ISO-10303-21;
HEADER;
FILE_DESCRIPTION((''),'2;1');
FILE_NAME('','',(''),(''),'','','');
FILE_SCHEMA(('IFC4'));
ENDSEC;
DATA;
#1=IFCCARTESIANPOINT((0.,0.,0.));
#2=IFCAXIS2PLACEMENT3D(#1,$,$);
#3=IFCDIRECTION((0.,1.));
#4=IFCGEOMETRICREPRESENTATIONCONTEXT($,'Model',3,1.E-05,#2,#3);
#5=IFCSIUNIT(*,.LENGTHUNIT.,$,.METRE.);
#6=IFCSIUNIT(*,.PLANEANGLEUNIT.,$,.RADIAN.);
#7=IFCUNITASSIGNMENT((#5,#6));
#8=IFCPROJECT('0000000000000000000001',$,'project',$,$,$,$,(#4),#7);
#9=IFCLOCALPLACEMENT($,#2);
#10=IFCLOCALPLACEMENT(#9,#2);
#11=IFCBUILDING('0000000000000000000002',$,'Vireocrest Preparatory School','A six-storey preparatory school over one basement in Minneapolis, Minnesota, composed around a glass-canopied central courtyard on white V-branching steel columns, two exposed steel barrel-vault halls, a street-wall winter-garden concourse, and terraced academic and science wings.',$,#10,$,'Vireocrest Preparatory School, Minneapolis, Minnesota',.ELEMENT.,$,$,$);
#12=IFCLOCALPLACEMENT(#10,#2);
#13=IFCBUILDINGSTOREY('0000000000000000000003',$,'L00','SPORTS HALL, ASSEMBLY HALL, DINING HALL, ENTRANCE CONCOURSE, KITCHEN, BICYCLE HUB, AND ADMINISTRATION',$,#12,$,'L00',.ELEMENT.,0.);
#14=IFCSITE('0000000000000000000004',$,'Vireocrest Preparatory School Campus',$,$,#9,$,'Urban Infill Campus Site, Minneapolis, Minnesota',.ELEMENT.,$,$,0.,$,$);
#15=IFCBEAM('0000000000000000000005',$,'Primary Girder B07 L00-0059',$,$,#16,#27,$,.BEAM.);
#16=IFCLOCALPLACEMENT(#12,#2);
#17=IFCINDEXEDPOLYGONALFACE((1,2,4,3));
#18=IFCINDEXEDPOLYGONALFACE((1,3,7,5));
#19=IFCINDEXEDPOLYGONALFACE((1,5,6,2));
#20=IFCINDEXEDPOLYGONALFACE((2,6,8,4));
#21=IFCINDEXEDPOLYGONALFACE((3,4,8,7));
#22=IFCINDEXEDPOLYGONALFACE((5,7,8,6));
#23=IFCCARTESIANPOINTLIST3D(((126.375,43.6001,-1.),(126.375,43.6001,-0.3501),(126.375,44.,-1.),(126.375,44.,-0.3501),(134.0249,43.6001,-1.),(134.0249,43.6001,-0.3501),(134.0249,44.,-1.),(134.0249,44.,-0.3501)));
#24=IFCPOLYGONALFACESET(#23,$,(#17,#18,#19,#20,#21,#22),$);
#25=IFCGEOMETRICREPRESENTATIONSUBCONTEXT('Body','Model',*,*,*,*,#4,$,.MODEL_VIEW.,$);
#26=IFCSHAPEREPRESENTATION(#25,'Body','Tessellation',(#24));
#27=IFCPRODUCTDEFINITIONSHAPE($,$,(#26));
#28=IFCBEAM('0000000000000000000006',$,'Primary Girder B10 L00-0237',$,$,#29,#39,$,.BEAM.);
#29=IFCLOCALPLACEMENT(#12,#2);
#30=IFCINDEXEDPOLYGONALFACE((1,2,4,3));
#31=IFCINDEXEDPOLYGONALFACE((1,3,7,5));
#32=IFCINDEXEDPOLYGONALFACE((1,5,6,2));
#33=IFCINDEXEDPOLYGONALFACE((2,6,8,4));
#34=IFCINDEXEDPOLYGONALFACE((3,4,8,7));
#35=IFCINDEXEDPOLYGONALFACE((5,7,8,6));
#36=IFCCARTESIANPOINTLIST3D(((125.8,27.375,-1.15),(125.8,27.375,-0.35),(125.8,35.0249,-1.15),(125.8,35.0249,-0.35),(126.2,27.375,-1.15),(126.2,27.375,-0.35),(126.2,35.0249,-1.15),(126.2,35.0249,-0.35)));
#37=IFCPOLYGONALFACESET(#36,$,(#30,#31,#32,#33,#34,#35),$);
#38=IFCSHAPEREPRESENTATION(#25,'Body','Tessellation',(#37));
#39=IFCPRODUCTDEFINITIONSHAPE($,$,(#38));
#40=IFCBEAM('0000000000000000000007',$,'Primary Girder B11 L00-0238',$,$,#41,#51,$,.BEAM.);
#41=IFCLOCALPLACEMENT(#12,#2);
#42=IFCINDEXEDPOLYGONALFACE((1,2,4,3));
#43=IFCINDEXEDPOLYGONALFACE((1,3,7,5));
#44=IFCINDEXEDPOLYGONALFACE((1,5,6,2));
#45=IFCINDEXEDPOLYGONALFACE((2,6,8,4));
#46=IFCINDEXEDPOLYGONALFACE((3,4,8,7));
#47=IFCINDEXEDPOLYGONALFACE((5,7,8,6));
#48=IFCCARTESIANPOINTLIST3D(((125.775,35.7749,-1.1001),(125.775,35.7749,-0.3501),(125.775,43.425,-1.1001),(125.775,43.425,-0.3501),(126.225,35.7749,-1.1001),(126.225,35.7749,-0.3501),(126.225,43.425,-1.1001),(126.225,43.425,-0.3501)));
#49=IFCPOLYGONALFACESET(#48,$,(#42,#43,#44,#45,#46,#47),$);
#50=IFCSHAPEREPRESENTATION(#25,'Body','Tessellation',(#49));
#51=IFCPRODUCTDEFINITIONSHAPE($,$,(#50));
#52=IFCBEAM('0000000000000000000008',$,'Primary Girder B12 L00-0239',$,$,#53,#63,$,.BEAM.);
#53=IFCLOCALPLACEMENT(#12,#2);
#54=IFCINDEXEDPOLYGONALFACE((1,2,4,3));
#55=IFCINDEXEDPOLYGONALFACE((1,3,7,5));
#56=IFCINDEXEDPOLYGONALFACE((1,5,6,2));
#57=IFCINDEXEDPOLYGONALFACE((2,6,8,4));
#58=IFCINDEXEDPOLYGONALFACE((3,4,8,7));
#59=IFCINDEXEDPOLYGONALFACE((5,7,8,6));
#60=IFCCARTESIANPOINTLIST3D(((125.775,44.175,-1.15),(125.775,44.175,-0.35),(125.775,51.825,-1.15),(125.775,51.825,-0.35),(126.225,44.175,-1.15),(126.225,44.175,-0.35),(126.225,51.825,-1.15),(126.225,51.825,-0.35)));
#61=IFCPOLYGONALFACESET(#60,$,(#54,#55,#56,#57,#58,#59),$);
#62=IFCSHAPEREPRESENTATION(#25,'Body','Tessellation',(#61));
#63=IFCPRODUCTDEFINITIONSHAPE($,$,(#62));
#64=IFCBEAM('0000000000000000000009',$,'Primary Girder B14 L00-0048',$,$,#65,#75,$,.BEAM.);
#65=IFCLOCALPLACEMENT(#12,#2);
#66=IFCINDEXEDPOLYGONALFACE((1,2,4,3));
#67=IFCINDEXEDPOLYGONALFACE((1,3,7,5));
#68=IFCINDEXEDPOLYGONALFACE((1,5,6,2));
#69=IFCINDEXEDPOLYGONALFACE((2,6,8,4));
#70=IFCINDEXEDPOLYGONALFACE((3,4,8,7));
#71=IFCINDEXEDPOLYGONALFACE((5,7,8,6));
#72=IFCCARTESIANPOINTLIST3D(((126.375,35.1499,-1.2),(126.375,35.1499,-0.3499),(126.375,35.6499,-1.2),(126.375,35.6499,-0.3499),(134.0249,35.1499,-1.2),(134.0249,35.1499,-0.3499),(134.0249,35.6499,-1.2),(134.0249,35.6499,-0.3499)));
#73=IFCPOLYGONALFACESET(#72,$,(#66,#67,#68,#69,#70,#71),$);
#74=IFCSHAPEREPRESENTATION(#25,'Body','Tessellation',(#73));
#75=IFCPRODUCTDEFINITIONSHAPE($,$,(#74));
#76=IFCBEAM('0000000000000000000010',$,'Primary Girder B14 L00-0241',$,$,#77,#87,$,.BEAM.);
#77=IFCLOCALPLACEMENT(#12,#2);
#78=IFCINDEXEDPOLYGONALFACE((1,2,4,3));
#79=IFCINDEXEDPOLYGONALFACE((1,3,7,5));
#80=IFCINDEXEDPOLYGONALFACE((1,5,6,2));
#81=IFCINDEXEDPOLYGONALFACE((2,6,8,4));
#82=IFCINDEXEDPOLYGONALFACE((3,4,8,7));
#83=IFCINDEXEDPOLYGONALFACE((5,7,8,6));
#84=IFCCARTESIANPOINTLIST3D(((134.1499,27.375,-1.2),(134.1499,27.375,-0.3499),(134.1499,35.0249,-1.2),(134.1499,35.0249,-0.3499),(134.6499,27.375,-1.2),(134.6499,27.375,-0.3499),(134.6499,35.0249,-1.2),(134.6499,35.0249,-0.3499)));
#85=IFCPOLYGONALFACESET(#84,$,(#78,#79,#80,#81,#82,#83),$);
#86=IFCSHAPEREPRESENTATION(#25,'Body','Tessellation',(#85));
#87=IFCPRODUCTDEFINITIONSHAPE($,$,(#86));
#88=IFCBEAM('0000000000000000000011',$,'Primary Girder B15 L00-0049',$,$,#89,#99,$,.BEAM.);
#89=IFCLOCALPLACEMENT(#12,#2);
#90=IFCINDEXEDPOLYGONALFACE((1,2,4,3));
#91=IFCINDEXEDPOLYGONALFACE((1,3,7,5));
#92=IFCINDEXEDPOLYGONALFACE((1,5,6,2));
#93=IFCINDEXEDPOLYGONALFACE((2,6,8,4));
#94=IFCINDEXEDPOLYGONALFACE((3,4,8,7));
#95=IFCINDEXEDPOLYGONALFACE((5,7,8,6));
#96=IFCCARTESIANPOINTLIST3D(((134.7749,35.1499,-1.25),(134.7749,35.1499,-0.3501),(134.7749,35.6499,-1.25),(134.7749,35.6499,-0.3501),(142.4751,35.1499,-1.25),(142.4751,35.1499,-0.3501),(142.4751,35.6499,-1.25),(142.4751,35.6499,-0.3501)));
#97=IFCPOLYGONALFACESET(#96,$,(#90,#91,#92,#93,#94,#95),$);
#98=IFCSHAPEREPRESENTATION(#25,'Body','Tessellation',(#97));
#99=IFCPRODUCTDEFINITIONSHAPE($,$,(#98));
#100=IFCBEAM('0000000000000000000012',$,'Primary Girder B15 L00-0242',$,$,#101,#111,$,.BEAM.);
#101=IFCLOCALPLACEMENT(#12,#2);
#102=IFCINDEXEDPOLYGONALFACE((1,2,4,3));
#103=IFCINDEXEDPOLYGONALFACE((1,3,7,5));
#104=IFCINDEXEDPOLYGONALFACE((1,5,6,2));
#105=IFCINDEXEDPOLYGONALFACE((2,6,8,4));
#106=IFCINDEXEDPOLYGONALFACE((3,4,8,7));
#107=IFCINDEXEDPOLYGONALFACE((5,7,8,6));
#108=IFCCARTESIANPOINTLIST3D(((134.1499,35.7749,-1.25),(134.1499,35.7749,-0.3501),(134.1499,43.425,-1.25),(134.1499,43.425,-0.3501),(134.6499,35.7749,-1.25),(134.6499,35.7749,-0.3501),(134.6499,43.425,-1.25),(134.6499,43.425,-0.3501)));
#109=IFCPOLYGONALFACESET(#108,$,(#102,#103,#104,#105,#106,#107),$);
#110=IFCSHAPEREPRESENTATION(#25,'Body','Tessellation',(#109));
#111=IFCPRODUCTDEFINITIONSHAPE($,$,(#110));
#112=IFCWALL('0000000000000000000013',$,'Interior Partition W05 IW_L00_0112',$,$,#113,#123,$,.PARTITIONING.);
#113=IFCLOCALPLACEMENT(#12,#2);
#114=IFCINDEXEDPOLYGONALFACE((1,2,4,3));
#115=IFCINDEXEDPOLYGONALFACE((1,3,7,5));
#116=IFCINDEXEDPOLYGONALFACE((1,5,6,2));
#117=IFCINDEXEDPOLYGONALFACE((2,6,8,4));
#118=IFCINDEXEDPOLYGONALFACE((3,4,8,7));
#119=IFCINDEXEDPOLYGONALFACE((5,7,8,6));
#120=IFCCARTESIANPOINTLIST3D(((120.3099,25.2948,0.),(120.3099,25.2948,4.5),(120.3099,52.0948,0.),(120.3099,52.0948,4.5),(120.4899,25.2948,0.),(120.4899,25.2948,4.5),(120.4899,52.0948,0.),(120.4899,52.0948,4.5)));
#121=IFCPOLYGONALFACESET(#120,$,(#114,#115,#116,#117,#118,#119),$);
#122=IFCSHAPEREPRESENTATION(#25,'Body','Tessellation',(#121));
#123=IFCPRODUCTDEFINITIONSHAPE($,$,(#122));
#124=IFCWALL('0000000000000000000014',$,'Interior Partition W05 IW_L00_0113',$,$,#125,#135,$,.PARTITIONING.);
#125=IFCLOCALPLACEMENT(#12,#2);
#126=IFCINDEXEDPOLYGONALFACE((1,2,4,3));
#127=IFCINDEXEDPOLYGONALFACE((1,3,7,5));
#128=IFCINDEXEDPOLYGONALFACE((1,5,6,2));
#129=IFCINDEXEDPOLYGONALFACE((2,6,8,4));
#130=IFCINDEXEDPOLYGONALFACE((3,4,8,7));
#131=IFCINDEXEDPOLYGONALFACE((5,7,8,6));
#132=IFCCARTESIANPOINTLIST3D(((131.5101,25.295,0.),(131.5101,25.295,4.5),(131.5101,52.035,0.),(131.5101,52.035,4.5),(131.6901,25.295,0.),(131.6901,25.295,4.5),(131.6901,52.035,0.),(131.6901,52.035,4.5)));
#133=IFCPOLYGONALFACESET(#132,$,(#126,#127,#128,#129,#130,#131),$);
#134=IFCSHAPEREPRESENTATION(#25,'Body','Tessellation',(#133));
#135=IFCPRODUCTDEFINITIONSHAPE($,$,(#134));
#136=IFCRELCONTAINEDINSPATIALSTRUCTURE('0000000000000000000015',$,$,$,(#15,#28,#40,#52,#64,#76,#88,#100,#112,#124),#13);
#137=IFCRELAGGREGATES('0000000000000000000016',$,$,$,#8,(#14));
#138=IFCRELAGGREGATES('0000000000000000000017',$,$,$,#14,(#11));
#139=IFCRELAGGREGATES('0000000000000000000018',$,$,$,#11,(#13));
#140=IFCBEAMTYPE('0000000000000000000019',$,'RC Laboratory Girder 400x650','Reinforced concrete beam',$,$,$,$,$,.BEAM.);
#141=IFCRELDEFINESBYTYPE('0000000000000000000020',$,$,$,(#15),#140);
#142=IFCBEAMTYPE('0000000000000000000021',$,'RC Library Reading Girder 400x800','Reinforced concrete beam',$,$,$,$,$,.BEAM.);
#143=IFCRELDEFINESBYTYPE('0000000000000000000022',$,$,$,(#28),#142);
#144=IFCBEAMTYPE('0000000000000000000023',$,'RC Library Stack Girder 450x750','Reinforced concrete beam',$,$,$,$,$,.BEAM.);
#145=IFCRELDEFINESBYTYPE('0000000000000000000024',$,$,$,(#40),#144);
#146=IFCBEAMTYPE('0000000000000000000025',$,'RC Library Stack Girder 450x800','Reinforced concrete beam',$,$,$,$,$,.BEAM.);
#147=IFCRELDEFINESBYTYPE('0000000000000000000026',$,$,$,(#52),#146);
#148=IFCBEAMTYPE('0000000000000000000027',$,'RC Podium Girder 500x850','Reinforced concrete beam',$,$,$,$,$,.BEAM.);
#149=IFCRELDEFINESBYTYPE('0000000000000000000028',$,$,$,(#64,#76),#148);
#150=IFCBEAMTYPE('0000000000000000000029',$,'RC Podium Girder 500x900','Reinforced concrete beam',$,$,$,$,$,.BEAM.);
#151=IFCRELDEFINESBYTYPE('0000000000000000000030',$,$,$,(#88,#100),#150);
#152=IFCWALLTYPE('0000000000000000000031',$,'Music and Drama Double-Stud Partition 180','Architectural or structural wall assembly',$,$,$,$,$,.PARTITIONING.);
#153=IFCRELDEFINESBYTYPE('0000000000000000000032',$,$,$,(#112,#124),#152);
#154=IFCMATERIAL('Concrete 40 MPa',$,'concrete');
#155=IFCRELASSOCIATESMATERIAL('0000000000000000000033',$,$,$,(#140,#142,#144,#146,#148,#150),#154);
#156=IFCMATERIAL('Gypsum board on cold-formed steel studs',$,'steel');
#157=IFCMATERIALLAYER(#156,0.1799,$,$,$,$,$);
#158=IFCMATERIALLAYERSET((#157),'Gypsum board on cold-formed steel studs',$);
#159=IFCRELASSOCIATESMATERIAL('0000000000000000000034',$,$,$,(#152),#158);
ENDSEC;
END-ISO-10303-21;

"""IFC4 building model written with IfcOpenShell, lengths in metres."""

from ifc_helpers import new_model, si_unit, direction, frame, frame_2d, origin, origin_2d, place, context, subcontext, project, spatial, rectangle, extrude, material, layer, layer_set, material_profile, profile_set, type_object, element, save


model = new_model("IFC4")

# Units and contexts
model_context = context("Model", 3, precision=1e-05, world=origin(), true_north=direction((0.0, 1.0)))
body_context = subcontext(model_context, "Body", "Model", "MODEL_VIEW")
ifc_project = project(units=[si_unit("LENGTHUNIT", "METRE"), si_unit("PLANEANGLEUNIT", "RADIAN")], contexts=[model_context])

# Site, building, storey
site_placement = place(None, origin())
site = spatial("IfcSite", under=ifc_project, at=site_placement, Name="Vireocrest Preparatory School Campus", LongName="Urban Infill Campus Site, Minneapolis, Minnesota", CompositionType="ELEMENT", RefElevation=0.0)
building_placement = place(site_placement, origin())
building = spatial("IfcBuilding", under=site, at=building_placement, Name="Vireocrest Preparatory School", Description="A six-storey preparatory school over one basement in Minneapolis, Minnesota, composed around a glass-canopied central courtyard on white V-branching steel columns, two exposed steel barrel-vault halls, a street-wall winter-garden concourse, and terraced academic and science wings.", LongName="Vireocrest Preparatory School, Minneapolis, Minnesota", CompositionType="ELEMENT")
storey_placement = place(building_placement, origin())
storey = spatial("IfcBuildingStorey", under=building, at=storey_placement, Name="L00", Description="SPORTS HALL, ASSEMBLY HALL, DINING HALL, ENTRANCE CONCOURSE, KITCHEN, BICYCLE HUB, AND ADMINISTRATION", LongName="L00", CompositionType="ELEMENT", Elevation=0.0)

# Beams
ifc_material_1 = material(Name="Concrete 40 MPa", Category="concrete")
ifc_material_profile_1 = material_profile(ifc_material_1, rectangle(XDim=0.3999, YDim=0.6499, at=origin_2d()), Name="RC 400x650")
ifc_profile_set_1 = profile_set([ifc_material_profile_1], Name="Concrete 40 MPa")
beam_type_1 = type_object("IfcBeamType", Name="RC Laboratory Girder 400x650", Description="Reinforced concrete beam", PredefinedType="BEAM", material=ifc_profile_set_1)
beam_1_placement = place(storey_placement, frame((126.375, 43.8, -0.675), z_axis=(1.0, 0.0, 0.0), x_axis=(0.0, 1.0, 0.0)))
element("IfcBeam", 1, at=beam_1_placement, inside=storey, type_object=beam_type_1, Name="Primary Girder B07 L00-0059", PredefinedType="BEAM", context=body_context, shape_type="SweptSolid", body=[
    extrude(rectangle(XDim=0.3999, YDim=0.6499, at=origin_2d()), origin(), (0.0, 0.0, 1.0), 7.6499),
])
ifc_material_profile_2 = material_profile(ifc_material_1, rectangle(XDim=0.3999, YDim=0.8, at=origin_2d()), Name="RC 400x800")
ifc_profile_set_2 = profile_set([ifc_material_profile_2], Name="Concrete 40 MPa")
beam_type_2 = type_object("IfcBeamType", Name="RC Library Reading Girder 400x800", Description="Reinforced concrete beam", PredefinedType="BEAM", material=ifc_profile_set_2)
beam_2_placement = place(storey_placement, frame((126.0, 27.375, -0.75), z_axis=(0.0, 1.0, 0.0), x_axis=(-1.0, 0.0, 0.0)))
element("IfcBeam", 2, at=beam_2_placement, inside=storey, type_object=beam_type_2, Name="Primary Girder B10 L00-0237", PredefinedType="BEAM", context=body_context, shape_type="SweptSolid", body=[
    extrude(rectangle(XDim=0.3999, YDim=0.8, at=origin_2d()), origin(), (0.0, 0.0, 1.0), 7.6499),
])
ifc_material_profile_3 = material_profile(ifc_material_1, rectangle(XDim=0.45, YDim=0.75, at=origin_2d()), Name="RC 450x750")
ifc_profile_set_3 = profile_set([ifc_material_profile_3], Name="Concrete 40 MPa")
beam_type_3 = type_object("IfcBeamType", Name="RC Library Stack Girder 450x750", Description="Reinforced concrete beam", PredefinedType="BEAM", material=ifc_profile_set_3)
beam_3_placement = place(storey_placement, frame((126.0, 35.7749, -0.7251), z_axis=(0.0, 1.0, 0.0), x_axis=(-1.0, 0.0, 0.0)))
element("IfcBeam", 3, at=beam_3_placement, inside=storey, type_object=beam_type_3, Name="Primary Girder B11 L00-0238", PredefinedType="BEAM", context=body_context, shape_type="SweptSolid", body=[
    extrude(rectangle(XDim=0.45, YDim=0.75, at=origin_2d()), origin(), (0.0, 0.0, 1.0), 7.6501),
])
ifc_material_profile_4 = material_profile(ifc_material_1, rectangle(XDim=0.45, YDim=0.8, at=origin_2d()), Name="RC 450x800")
ifc_profile_set_4 = profile_set([ifc_material_profile_4], Name="Concrete 40 MPa")
beam_type_4 = type_object("IfcBeamType", Name="RC Library Stack Girder 450x800", Description="Reinforced concrete beam", PredefinedType="BEAM", material=ifc_profile_set_4)
beam_4_placement = place(storey_placement, frame((126.0, 44.175, -0.75), z_axis=(0.0, 1.0, 0.0), x_axis=(-1.0, 0.0, 0.0)))
element("IfcBeam", 4, at=beam_4_placement, inside=storey, type_object=beam_type_4, Name="Primary Girder B12 L00-0239", PredefinedType="BEAM", context=body_context, shape_type="SweptSolid", body=[
    extrude(rectangle(XDim=0.45, YDim=0.8, at=origin_2d()), origin(), (0.0, 0.0, 1.0), 7.6499),
])
ifc_material_profile_5 = material_profile(ifc_material_1, rectangle(XDim=0.5, YDim=0.8501, at=origin_2d()), Name="RC 500x850")
ifc_profile_set_5 = profile_set([ifc_material_profile_5], Name="Concrete 40 MPa")
beam_type_5 = type_object("IfcBeamType", Name="RC Podium Girder 500x850", Description="Reinforced concrete beam", PredefinedType="BEAM", material=ifc_profile_set_5)
for number, where, z_axis, x_axis, name in (
    (5, (126.375, 35.3999, -0.7749), (1.0, 0.0, 0.0), (0.0, 1.0, 0.0), "Primary Girder B14 L00-0048"),
    (6, (134.3999, 27.375, -0.7749), (0.0, 1.0, 0.0), (-1.0, 0.0, 0.0), "Primary Girder B14 L00-0241"),
):
    element("IfcBeam", number, at=place(storey_placement, frame(where, z_axis=z_axis, x_axis=x_axis)), inside=storey, type_object=beam_type_5, Name=name, PredefinedType="BEAM", context=body_context, shape_type="SweptSolid", body=[
        extrude(rectangle(XDim=0.5, YDim=0.8501, at=origin_2d()), origin(), (0.0, 0.0, 1.0), 7.6499),
    ])
ifc_material_profile_6 = material_profile(ifc_material_1, rectangle(XDim=0.5, YDim=0.8999, at=origin_2d()), Name="RC 500x900")
ifc_profile_set_6 = profile_set([ifc_material_profile_6], Name="Concrete 40 MPa")
beam_type_6 = type_object("IfcBeamType", Name="RC Podium Girder 500x900", Description="Reinforced concrete beam", PredefinedType="BEAM", material=ifc_profile_set_6)
beam_5_placement = place(storey_placement, frame((134.7749, 35.3999, -0.8), z_axis=(1.0, 0.0, 0.0), x_axis=(0.0, 1.0, 0.0)))
element("IfcBeam", 7, at=beam_5_placement, inside=storey, type_object=beam_type_6, Name="Primary Girder B15 L00-0049", PredefinedType="BEAM", context=body_context, shape_type="SweptSolid", body=[
    extrude(rectangle(XDim=0.5, YDim=0.8999, at=origin_2d()), origin(), (0.0, 0.0, 1.0), 7.7002),
])
beam_6_placement = place(storey_placement, frame((134.3999, 35.7749, -0.8), z_axis=(0.0, 1.0, 0.0), x_axis=(-1.0, 0.0, 0.0)))
element("IfcBeam", 8, at=beam_6_placement, inside=storey, type_object=beam_type_6, Name="Primary Girder B15 L00-0242", PredefinedType="BEAM", context=body_context, shape_type="SweptSolid", body=[
    extrude(rectangle(XDim=0.5, YDim=0.8999, at=origin_2d()), origin(), (0.0, 0.0, 1.0), 7.6501),
])

# Walls
ifc_material_2 = material(Name="Gypsum board on cold-formed steel studs", Category="steel")
ifc_layer = layer(ifc_material_2, 0.1799)
ifc_layer_set = layer_set([ifc_layer], Name="Gypsum board on cold-formed steel studs")
wall_type = type_object("IfcWallType", Name="Music and Drama Double-Stud Partition 180", Description="Architectural or structural wall assembly", PredefinedType="PARTITIONING", material=ifc_layer_set)
wall_1_placement = place(storey_placement, frame((120.3999, 25.2949, 0.0), z_axis=(0.0, 0.0, 1.0), x_axis=(0.0, 1.0, 0.0)))
element("IfcWall", 9, at=wall_1_placement, inside=storey, type_object=wall_type, Name="Interior Partition W05 IW_L00_0112", PredefinedType="PARTITIONING", context=body_context, shape_type="SweptSolid", body=[
    extrude(rectangle(XDim=26.8, YDim=0.1799, at=frame_2d((13.3999, 0.0))), origin(), (0.0, 0.0, 1.0), 4.5),
])
wall_2_placement = place(storey_placement, frame((131.6001, 25.2949, 0.0), z_axis=(0.0, 0.0, 1.0), x_axis=(0.0, 1.0, 0.0)))
element("IfcWall", 10, at=wall_2_placement, inside=storey, type_object=wall_type, Name="Interior Partition W05 IW_L00_0113", PredefinedType="PARTITIONING", context=body_context, shape_type="SweptSolid", body=[
    extrude(rectangle(XDim=26.74, YDim=0.1799, at=frame_2d((13.3701, 0.0))), origin(), (0.0, 0.0, 1.0), 4.5),
])

save(model, "model.ifc")
